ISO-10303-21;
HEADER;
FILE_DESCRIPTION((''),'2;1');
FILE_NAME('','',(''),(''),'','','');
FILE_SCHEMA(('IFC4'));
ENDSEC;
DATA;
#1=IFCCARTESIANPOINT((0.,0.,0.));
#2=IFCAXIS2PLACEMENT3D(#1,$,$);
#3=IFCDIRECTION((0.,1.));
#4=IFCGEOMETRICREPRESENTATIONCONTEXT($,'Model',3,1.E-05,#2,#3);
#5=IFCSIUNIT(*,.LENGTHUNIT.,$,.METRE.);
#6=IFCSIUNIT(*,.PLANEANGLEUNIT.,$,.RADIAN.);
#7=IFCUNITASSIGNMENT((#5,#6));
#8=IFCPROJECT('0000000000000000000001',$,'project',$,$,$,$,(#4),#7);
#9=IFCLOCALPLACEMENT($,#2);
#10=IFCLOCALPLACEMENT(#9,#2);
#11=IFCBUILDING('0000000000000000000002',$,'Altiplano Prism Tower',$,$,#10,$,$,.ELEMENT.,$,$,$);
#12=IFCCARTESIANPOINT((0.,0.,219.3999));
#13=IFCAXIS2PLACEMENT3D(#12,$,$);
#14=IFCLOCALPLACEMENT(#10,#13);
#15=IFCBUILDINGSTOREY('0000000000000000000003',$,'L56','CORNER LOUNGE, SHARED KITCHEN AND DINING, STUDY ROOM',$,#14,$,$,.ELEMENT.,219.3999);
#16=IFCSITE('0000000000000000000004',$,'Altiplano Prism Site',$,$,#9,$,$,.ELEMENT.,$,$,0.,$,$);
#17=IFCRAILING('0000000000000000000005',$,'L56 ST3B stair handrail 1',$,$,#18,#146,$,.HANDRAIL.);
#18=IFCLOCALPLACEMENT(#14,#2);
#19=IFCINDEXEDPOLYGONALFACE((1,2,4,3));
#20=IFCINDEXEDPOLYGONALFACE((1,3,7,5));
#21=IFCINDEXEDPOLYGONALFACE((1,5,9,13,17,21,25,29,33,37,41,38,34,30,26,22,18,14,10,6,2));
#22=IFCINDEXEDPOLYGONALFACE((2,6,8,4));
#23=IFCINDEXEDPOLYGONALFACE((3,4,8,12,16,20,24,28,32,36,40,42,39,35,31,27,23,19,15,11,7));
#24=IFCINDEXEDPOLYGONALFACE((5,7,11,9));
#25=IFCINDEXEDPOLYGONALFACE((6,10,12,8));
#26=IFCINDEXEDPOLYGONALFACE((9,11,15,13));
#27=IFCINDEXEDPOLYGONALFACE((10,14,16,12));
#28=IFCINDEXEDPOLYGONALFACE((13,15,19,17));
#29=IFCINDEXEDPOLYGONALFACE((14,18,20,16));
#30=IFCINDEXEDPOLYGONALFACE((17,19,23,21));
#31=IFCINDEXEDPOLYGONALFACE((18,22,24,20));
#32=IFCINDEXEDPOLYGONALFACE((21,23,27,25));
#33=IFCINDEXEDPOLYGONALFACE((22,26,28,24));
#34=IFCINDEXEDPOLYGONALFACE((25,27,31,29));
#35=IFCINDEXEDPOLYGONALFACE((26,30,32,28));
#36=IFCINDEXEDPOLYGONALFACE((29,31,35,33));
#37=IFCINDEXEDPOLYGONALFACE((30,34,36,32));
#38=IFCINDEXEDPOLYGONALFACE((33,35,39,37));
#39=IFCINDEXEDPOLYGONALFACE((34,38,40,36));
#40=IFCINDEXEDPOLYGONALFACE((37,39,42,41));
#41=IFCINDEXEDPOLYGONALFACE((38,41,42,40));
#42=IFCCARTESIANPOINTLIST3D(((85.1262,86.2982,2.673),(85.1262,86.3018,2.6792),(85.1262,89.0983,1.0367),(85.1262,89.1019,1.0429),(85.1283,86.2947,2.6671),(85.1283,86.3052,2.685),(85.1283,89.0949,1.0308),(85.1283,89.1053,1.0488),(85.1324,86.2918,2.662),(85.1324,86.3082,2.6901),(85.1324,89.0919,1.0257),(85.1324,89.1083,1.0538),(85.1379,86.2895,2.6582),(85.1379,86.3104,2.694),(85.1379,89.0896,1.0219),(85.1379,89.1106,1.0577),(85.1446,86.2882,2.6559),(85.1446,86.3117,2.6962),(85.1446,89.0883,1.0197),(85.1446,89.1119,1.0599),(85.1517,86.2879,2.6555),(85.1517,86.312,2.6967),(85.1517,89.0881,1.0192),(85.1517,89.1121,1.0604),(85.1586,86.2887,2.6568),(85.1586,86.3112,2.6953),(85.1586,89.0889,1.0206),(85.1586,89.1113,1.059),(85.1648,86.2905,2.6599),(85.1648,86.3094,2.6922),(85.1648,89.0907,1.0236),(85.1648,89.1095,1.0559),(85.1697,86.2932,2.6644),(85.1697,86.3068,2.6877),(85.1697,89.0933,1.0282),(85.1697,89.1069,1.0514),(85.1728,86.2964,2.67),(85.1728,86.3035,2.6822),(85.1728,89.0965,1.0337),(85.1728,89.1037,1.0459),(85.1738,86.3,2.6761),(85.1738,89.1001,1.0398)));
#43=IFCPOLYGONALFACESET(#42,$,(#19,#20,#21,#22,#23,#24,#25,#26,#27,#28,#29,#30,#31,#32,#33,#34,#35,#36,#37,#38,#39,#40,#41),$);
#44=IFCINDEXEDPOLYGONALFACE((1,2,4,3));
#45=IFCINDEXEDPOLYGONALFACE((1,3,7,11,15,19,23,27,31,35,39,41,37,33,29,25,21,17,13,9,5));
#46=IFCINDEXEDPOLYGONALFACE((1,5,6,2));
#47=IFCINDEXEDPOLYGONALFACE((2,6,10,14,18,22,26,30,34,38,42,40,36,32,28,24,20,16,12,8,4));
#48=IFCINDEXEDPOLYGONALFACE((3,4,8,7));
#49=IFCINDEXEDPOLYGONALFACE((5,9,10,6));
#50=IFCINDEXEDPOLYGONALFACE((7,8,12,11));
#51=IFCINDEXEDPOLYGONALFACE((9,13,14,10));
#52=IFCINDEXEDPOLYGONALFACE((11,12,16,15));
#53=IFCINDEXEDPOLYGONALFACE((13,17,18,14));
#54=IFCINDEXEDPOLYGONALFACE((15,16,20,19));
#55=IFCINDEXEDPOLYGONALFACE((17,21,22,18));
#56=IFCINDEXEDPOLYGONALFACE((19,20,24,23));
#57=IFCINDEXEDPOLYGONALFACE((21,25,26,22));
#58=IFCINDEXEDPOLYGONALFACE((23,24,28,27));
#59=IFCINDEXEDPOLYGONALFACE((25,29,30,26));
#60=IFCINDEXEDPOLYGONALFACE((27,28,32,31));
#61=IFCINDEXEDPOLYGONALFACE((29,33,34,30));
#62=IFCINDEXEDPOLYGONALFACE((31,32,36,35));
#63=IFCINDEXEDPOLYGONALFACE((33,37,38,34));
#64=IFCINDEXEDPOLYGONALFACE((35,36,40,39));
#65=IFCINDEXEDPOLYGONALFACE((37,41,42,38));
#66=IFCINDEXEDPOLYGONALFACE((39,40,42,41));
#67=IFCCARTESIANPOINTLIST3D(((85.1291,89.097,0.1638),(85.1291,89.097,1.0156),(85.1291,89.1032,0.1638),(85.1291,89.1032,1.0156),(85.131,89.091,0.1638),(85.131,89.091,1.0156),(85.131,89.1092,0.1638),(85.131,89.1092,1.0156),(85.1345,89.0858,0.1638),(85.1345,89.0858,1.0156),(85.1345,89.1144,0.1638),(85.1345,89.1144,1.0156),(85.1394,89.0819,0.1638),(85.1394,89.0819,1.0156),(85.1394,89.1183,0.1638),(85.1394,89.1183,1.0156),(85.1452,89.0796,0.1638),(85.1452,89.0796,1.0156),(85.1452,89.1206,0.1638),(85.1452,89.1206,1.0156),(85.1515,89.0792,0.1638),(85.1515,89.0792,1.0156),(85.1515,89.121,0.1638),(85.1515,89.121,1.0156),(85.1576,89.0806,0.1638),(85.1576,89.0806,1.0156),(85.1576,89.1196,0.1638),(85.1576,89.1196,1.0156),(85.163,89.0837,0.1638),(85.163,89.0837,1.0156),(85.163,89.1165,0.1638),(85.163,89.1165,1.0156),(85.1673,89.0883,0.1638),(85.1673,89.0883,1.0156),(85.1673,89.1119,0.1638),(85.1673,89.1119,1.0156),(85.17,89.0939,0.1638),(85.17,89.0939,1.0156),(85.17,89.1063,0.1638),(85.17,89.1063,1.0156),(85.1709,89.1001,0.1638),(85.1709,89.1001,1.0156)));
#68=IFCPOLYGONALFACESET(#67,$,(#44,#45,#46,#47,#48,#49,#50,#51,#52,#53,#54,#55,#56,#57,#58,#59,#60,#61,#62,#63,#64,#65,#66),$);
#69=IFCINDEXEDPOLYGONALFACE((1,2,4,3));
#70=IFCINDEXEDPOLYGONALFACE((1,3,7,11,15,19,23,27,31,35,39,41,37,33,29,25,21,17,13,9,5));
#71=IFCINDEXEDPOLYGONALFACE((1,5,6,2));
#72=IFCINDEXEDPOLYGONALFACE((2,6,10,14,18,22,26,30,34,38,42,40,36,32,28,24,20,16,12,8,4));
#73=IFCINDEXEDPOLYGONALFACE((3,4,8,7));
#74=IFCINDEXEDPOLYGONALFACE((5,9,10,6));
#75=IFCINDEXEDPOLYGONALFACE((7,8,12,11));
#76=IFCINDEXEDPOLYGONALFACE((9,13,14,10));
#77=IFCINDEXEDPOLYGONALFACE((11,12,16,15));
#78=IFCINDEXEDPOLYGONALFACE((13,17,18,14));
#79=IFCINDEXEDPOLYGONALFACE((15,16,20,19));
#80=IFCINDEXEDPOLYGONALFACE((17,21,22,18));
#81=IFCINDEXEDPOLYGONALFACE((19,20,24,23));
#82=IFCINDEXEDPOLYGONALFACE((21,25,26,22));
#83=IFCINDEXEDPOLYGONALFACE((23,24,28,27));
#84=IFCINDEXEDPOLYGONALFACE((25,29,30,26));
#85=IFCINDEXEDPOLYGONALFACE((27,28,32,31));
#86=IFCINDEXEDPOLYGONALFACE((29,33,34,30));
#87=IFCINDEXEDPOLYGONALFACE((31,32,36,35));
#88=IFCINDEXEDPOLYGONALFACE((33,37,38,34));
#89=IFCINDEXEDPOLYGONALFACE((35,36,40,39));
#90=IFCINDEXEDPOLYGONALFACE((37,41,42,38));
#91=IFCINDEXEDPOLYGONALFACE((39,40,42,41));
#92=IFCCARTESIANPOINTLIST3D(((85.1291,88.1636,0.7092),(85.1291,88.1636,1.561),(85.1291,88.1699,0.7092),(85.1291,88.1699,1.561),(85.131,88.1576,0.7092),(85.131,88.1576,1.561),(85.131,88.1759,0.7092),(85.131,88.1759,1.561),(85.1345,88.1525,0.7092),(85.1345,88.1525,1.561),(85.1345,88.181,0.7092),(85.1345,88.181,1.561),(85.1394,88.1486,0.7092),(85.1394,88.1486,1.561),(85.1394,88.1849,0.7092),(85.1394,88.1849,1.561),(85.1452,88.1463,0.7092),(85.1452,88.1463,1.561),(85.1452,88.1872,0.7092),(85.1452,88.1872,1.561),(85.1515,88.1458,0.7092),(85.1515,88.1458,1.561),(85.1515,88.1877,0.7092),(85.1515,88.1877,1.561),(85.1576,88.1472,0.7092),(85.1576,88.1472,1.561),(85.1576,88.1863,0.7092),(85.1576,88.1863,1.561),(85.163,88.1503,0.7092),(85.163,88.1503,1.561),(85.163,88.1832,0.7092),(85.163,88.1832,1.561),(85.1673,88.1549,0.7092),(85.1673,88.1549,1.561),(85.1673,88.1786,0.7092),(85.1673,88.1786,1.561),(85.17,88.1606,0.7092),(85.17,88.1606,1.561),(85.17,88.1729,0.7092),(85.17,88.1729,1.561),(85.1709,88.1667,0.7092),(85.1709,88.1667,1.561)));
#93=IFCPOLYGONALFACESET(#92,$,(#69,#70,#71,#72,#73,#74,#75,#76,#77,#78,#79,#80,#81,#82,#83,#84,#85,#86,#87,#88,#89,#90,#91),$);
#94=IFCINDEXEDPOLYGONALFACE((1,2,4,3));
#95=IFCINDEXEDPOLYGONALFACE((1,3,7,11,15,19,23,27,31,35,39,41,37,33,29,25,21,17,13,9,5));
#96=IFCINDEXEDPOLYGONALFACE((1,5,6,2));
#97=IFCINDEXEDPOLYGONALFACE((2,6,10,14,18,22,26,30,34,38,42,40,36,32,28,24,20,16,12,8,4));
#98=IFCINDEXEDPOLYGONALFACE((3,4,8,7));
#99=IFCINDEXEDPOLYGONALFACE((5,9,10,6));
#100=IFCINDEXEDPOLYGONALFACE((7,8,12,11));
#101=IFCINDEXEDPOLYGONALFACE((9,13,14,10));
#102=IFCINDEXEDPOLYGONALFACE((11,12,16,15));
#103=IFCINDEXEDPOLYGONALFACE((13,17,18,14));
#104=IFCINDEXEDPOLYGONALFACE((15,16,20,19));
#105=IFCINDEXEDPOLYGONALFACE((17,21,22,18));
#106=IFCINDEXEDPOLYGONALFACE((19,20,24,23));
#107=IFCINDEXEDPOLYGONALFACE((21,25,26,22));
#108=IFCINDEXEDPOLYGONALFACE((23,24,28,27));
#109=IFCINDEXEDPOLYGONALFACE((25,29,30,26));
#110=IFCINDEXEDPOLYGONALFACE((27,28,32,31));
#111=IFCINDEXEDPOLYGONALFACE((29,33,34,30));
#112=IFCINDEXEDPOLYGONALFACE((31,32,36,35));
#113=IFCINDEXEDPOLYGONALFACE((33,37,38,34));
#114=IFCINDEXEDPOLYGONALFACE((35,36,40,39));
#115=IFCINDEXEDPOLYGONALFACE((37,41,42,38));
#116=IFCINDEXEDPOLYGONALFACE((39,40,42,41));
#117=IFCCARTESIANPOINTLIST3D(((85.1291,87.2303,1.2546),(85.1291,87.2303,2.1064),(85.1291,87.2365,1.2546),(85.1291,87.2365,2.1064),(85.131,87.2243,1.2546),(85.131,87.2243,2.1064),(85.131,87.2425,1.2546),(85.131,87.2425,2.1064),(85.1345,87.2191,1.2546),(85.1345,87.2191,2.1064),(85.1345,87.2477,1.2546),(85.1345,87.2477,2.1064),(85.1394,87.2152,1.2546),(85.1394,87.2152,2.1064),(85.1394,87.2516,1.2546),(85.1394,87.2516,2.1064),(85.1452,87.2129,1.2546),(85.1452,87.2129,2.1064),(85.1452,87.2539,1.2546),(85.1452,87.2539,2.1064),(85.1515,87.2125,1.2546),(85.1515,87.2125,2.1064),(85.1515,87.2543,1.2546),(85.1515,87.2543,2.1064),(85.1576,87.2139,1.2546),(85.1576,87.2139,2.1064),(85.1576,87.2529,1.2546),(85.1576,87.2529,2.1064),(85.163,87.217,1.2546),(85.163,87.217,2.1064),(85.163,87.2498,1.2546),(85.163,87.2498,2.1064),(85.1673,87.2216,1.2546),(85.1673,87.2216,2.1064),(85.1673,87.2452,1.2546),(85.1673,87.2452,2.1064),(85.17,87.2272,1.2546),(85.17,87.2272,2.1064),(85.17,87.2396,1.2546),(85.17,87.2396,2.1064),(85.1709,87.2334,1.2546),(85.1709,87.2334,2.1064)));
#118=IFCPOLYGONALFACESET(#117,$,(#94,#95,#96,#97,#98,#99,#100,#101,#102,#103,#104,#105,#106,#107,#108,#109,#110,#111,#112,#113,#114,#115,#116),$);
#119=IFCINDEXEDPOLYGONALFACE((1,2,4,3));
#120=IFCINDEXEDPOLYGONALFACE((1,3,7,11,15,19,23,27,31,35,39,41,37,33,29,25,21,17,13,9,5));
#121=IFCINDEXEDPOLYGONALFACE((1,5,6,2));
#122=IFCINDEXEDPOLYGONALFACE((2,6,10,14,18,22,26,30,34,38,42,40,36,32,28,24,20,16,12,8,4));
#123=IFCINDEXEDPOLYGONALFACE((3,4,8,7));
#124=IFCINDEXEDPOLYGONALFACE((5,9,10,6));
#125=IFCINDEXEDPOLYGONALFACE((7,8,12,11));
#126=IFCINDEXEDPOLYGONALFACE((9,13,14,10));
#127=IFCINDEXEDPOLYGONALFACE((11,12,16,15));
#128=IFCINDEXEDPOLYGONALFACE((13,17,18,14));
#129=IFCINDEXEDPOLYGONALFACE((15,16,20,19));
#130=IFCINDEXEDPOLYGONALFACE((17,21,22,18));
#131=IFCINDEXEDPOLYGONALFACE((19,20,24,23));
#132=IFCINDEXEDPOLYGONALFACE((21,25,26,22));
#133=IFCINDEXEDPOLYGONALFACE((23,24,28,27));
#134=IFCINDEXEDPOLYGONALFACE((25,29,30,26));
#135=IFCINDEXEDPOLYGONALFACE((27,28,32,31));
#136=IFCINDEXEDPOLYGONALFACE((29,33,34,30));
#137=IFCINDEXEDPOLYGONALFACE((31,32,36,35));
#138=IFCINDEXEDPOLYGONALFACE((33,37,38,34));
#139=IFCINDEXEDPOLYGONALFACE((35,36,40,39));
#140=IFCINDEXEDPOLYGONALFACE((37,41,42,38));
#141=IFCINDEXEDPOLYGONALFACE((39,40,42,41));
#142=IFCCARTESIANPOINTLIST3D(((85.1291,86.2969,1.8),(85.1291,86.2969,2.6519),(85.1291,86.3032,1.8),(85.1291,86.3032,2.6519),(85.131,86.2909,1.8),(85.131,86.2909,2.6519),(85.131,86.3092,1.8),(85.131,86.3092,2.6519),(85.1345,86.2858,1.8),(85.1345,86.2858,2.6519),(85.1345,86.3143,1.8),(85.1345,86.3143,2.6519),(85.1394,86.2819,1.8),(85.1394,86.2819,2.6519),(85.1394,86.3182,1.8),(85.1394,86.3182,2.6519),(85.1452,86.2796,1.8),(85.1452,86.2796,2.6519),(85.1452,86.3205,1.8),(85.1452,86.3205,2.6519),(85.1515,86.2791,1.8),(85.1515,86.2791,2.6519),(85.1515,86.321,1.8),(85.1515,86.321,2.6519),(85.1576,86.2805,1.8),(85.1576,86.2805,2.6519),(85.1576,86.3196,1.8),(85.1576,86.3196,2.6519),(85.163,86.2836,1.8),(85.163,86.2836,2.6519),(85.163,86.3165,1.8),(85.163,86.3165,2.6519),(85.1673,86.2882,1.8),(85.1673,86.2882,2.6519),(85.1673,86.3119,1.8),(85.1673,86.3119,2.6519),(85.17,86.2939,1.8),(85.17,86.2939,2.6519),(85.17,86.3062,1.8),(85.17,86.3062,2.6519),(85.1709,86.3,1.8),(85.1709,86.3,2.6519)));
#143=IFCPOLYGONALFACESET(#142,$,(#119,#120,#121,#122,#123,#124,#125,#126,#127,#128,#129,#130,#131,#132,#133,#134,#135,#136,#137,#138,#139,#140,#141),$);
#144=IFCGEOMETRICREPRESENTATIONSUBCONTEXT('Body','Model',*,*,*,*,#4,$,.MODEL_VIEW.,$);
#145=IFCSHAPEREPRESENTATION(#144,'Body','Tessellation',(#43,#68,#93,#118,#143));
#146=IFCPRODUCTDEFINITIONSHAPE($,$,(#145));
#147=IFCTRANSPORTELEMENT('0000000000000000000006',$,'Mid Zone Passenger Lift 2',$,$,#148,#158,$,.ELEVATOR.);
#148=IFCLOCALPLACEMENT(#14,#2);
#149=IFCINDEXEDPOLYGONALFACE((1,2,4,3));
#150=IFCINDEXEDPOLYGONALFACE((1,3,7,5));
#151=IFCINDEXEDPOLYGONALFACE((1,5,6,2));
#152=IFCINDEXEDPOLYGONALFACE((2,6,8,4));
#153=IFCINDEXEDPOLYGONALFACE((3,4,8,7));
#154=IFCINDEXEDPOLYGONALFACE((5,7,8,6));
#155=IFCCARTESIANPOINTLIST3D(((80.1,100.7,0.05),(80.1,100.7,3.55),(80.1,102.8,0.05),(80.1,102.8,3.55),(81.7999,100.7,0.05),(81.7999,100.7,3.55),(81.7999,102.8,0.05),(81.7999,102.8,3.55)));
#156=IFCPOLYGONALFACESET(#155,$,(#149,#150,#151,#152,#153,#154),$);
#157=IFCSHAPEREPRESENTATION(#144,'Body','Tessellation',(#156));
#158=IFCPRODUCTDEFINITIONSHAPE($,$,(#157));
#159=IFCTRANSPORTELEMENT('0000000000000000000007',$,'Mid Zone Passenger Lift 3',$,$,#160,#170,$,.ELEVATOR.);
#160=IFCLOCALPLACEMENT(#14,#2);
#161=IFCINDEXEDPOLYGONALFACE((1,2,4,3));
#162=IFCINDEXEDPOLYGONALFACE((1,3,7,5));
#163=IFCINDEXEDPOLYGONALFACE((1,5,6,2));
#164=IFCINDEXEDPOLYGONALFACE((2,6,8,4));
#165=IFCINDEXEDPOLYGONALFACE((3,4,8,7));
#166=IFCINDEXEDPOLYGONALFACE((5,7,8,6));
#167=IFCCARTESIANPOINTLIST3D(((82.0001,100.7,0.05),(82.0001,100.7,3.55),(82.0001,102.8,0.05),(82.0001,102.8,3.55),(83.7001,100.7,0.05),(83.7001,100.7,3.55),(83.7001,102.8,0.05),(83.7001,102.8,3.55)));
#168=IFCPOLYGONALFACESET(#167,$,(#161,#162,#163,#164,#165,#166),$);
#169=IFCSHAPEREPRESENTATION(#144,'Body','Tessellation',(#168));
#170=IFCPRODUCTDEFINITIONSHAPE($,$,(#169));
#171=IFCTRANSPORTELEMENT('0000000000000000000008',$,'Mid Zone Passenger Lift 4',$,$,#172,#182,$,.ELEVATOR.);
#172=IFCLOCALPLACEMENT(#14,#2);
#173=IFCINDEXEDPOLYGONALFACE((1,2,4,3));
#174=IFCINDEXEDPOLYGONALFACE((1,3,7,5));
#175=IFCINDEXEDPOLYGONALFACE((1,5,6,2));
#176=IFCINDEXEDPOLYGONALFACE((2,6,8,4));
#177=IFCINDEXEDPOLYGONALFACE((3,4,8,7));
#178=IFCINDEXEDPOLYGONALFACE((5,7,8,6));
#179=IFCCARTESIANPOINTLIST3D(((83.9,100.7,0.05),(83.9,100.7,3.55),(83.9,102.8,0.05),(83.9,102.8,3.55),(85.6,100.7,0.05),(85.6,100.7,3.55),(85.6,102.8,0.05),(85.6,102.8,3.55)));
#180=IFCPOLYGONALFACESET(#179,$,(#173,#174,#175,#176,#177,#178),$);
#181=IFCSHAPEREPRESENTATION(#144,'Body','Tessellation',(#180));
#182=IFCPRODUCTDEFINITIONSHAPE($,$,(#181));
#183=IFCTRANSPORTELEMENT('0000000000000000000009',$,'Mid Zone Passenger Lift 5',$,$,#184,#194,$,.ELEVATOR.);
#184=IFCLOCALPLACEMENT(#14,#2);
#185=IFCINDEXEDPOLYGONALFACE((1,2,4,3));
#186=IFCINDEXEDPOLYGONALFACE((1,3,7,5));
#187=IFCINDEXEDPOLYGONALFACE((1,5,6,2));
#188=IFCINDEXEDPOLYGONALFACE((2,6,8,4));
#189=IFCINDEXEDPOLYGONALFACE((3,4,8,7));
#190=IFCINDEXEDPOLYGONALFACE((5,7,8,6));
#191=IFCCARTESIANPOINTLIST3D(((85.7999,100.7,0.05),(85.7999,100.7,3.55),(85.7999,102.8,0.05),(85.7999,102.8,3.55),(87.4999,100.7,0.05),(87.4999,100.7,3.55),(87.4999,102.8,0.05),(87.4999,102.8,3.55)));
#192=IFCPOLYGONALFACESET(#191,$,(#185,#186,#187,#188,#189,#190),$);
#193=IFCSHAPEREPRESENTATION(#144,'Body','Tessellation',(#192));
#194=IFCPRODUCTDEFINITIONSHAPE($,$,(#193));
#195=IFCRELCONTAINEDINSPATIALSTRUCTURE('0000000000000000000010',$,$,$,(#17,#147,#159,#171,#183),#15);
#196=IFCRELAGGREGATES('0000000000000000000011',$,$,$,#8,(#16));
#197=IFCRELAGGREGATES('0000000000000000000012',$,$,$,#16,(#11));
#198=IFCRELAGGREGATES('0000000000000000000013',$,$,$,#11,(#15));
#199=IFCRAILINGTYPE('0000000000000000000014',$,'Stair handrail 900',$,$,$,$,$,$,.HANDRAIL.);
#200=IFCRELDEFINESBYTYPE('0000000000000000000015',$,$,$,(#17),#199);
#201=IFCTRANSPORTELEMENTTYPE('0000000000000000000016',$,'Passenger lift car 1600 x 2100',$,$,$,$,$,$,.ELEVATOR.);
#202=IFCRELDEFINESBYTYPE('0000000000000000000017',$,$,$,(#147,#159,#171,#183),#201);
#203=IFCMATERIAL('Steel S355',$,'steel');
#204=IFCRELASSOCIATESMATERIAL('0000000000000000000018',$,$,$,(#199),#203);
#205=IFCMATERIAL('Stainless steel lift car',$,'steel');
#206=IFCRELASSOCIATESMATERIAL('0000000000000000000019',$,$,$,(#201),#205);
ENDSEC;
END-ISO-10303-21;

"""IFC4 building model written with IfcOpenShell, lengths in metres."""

from ifc_helpers import new_model, si_unit, direction, frame, origin, origin_2d, place, context, subcontext, project, spatial, rectangle, circle, extrude, material, type_object, element, save


model = new_model("IFC4")

# Units and contexts
model_context = context("Model", 3, precision=1e-05, world=origin(), true_north=direction((0.0, 1.0)))
body_context = subcontext(model_context, "Body", "Model", "MODEL_VIEW")
ifc_project = project(units=[si_unit("LENGTHUNIT", "METRE"), si_unit("PLANEANGLEUNIT", "RADIAN")], contexts=[model_context])

# Site, building, storey
site_placement = place(None, origin())
site = spatial("IfcSite", under=ifc_project, at=site_placement, Name="Altiplano Prism Site", CompositionType="ELEMENT", RefElevation=0.0)
building_placement = place(site_placement, origin())
building = spatial("IfcBuilding", under=site, at=building_placement, Name="Altiplano Prism Tower", CompositionType="ELEMENT")
storey_placement = place(building_placement, frame((0.0, 0.0, 219.3999)))
storey = spatial("IfcBuildingStorey", under=building, at=storey_placement, Name="L56", Description="CORNER LOUNGE, SHARED KITCHEN AND DINING, STUDY ROOM", CompositionType="ELEMENT", Elevation=219.3999)

# Shared definitions
ifc_material_1 = material(Name="Steel S355", Category="steel")

# Railing
railing_type = type_object("IfcRailingType", Name="Stair handrail 900", PredefinedType="HANDRAIL", material=ifc_material_1)
railing_1_placement = place(storey_placement, frame((85.1499, 89.1001, 0.1638)))
element("IfcRailing", 1, at=railing_1_placement, inside=storey, type_object=railing_type, Name="L56 ST3B stair handrail 1", PredefinedType="HANDRAIL", context=body_context, shape_type="SweptSolid", body=[
    extrude(circle(Radius=0.0239, at=origin_2d()), frame((0.0, 0.0, 0.876), z_axis=(0.0, -0.863394, 0.504531), x_axis=(1.0, 0.0, 0.0)), (0.0, 0.0, 1.0), 3.2432),
    extrude(circle(Radius=0.021, at=origin_2d()), origin(), (0.0, 0.0, 1.0), 0.8518),
    extrude(circle(Radius=0.021, at=origin_2d()), frame((0.0, -0.9333, 0.5454)), (0.0, 0.0, 1.0), 0.8518),
    extrude(circle(Radius=0.021, at=origin_2d()), frame((0.0, -1.8667, 1.0908)), (0.0, 0.0, 1.0), 0.8518),
    extrude(circle(Radius=0.021, at=origin_2d()), frame((0.0, -2.8, 1.6362)), (0.0, 0.0, 1.0), 0.8518),
])

# Transport elements
ifc_material_2 = material(Name="Stainless steel lift car", Category="steel")
transport_element_type = type_object("IfcTransportElementType", Name="Passenger lift car 1600 x 2100", PredefinedType="ELEVATOR", material=ifc_material_2)
for number, where, z_axis, x_axis, name in (
    (2, (80.95, 101.75, 0.05), (0.0, 0.0, 1.0), (1.0, 0.0, 0.0), "Mid Zone Passenger Lift 2"),
    (3, (82.8501, 101.75, 0.05), (0.0, 0.0, 1.0), (1.0, 0.0, 0.0), "Mid Zone Passenger Lift 3"),
    (4, (84.75, 101.75, 0.05), (0.0, 0.0, 1.0), (1.0, 0.0, 0.0), "Mid Zone Passenger Lift 4"),
    (5, (86.6499, 101.75, 0.05), (0.0, 0.0, 1.0), (1.0, 0.0, 0.0), "Mid Zone Passenger Lift 5"),
):
    element("IfcTransportElement", number, at=place(storey_placement, frame(where, z_axis=z_axis, x_axis=x_axis)), inside=storey, type_object=transport_element_type, Name=name, PredefinedType="ELEVATOR", context=body_context, shape_type="SweptSolid", body=[
        extrude(rectangle(XDim=1.7, YDim=2.1001, at=origin_2d()), origin(), (0.0, 0.0, 1.0), 3.5),
    ])

save(model, "model.ifc")
